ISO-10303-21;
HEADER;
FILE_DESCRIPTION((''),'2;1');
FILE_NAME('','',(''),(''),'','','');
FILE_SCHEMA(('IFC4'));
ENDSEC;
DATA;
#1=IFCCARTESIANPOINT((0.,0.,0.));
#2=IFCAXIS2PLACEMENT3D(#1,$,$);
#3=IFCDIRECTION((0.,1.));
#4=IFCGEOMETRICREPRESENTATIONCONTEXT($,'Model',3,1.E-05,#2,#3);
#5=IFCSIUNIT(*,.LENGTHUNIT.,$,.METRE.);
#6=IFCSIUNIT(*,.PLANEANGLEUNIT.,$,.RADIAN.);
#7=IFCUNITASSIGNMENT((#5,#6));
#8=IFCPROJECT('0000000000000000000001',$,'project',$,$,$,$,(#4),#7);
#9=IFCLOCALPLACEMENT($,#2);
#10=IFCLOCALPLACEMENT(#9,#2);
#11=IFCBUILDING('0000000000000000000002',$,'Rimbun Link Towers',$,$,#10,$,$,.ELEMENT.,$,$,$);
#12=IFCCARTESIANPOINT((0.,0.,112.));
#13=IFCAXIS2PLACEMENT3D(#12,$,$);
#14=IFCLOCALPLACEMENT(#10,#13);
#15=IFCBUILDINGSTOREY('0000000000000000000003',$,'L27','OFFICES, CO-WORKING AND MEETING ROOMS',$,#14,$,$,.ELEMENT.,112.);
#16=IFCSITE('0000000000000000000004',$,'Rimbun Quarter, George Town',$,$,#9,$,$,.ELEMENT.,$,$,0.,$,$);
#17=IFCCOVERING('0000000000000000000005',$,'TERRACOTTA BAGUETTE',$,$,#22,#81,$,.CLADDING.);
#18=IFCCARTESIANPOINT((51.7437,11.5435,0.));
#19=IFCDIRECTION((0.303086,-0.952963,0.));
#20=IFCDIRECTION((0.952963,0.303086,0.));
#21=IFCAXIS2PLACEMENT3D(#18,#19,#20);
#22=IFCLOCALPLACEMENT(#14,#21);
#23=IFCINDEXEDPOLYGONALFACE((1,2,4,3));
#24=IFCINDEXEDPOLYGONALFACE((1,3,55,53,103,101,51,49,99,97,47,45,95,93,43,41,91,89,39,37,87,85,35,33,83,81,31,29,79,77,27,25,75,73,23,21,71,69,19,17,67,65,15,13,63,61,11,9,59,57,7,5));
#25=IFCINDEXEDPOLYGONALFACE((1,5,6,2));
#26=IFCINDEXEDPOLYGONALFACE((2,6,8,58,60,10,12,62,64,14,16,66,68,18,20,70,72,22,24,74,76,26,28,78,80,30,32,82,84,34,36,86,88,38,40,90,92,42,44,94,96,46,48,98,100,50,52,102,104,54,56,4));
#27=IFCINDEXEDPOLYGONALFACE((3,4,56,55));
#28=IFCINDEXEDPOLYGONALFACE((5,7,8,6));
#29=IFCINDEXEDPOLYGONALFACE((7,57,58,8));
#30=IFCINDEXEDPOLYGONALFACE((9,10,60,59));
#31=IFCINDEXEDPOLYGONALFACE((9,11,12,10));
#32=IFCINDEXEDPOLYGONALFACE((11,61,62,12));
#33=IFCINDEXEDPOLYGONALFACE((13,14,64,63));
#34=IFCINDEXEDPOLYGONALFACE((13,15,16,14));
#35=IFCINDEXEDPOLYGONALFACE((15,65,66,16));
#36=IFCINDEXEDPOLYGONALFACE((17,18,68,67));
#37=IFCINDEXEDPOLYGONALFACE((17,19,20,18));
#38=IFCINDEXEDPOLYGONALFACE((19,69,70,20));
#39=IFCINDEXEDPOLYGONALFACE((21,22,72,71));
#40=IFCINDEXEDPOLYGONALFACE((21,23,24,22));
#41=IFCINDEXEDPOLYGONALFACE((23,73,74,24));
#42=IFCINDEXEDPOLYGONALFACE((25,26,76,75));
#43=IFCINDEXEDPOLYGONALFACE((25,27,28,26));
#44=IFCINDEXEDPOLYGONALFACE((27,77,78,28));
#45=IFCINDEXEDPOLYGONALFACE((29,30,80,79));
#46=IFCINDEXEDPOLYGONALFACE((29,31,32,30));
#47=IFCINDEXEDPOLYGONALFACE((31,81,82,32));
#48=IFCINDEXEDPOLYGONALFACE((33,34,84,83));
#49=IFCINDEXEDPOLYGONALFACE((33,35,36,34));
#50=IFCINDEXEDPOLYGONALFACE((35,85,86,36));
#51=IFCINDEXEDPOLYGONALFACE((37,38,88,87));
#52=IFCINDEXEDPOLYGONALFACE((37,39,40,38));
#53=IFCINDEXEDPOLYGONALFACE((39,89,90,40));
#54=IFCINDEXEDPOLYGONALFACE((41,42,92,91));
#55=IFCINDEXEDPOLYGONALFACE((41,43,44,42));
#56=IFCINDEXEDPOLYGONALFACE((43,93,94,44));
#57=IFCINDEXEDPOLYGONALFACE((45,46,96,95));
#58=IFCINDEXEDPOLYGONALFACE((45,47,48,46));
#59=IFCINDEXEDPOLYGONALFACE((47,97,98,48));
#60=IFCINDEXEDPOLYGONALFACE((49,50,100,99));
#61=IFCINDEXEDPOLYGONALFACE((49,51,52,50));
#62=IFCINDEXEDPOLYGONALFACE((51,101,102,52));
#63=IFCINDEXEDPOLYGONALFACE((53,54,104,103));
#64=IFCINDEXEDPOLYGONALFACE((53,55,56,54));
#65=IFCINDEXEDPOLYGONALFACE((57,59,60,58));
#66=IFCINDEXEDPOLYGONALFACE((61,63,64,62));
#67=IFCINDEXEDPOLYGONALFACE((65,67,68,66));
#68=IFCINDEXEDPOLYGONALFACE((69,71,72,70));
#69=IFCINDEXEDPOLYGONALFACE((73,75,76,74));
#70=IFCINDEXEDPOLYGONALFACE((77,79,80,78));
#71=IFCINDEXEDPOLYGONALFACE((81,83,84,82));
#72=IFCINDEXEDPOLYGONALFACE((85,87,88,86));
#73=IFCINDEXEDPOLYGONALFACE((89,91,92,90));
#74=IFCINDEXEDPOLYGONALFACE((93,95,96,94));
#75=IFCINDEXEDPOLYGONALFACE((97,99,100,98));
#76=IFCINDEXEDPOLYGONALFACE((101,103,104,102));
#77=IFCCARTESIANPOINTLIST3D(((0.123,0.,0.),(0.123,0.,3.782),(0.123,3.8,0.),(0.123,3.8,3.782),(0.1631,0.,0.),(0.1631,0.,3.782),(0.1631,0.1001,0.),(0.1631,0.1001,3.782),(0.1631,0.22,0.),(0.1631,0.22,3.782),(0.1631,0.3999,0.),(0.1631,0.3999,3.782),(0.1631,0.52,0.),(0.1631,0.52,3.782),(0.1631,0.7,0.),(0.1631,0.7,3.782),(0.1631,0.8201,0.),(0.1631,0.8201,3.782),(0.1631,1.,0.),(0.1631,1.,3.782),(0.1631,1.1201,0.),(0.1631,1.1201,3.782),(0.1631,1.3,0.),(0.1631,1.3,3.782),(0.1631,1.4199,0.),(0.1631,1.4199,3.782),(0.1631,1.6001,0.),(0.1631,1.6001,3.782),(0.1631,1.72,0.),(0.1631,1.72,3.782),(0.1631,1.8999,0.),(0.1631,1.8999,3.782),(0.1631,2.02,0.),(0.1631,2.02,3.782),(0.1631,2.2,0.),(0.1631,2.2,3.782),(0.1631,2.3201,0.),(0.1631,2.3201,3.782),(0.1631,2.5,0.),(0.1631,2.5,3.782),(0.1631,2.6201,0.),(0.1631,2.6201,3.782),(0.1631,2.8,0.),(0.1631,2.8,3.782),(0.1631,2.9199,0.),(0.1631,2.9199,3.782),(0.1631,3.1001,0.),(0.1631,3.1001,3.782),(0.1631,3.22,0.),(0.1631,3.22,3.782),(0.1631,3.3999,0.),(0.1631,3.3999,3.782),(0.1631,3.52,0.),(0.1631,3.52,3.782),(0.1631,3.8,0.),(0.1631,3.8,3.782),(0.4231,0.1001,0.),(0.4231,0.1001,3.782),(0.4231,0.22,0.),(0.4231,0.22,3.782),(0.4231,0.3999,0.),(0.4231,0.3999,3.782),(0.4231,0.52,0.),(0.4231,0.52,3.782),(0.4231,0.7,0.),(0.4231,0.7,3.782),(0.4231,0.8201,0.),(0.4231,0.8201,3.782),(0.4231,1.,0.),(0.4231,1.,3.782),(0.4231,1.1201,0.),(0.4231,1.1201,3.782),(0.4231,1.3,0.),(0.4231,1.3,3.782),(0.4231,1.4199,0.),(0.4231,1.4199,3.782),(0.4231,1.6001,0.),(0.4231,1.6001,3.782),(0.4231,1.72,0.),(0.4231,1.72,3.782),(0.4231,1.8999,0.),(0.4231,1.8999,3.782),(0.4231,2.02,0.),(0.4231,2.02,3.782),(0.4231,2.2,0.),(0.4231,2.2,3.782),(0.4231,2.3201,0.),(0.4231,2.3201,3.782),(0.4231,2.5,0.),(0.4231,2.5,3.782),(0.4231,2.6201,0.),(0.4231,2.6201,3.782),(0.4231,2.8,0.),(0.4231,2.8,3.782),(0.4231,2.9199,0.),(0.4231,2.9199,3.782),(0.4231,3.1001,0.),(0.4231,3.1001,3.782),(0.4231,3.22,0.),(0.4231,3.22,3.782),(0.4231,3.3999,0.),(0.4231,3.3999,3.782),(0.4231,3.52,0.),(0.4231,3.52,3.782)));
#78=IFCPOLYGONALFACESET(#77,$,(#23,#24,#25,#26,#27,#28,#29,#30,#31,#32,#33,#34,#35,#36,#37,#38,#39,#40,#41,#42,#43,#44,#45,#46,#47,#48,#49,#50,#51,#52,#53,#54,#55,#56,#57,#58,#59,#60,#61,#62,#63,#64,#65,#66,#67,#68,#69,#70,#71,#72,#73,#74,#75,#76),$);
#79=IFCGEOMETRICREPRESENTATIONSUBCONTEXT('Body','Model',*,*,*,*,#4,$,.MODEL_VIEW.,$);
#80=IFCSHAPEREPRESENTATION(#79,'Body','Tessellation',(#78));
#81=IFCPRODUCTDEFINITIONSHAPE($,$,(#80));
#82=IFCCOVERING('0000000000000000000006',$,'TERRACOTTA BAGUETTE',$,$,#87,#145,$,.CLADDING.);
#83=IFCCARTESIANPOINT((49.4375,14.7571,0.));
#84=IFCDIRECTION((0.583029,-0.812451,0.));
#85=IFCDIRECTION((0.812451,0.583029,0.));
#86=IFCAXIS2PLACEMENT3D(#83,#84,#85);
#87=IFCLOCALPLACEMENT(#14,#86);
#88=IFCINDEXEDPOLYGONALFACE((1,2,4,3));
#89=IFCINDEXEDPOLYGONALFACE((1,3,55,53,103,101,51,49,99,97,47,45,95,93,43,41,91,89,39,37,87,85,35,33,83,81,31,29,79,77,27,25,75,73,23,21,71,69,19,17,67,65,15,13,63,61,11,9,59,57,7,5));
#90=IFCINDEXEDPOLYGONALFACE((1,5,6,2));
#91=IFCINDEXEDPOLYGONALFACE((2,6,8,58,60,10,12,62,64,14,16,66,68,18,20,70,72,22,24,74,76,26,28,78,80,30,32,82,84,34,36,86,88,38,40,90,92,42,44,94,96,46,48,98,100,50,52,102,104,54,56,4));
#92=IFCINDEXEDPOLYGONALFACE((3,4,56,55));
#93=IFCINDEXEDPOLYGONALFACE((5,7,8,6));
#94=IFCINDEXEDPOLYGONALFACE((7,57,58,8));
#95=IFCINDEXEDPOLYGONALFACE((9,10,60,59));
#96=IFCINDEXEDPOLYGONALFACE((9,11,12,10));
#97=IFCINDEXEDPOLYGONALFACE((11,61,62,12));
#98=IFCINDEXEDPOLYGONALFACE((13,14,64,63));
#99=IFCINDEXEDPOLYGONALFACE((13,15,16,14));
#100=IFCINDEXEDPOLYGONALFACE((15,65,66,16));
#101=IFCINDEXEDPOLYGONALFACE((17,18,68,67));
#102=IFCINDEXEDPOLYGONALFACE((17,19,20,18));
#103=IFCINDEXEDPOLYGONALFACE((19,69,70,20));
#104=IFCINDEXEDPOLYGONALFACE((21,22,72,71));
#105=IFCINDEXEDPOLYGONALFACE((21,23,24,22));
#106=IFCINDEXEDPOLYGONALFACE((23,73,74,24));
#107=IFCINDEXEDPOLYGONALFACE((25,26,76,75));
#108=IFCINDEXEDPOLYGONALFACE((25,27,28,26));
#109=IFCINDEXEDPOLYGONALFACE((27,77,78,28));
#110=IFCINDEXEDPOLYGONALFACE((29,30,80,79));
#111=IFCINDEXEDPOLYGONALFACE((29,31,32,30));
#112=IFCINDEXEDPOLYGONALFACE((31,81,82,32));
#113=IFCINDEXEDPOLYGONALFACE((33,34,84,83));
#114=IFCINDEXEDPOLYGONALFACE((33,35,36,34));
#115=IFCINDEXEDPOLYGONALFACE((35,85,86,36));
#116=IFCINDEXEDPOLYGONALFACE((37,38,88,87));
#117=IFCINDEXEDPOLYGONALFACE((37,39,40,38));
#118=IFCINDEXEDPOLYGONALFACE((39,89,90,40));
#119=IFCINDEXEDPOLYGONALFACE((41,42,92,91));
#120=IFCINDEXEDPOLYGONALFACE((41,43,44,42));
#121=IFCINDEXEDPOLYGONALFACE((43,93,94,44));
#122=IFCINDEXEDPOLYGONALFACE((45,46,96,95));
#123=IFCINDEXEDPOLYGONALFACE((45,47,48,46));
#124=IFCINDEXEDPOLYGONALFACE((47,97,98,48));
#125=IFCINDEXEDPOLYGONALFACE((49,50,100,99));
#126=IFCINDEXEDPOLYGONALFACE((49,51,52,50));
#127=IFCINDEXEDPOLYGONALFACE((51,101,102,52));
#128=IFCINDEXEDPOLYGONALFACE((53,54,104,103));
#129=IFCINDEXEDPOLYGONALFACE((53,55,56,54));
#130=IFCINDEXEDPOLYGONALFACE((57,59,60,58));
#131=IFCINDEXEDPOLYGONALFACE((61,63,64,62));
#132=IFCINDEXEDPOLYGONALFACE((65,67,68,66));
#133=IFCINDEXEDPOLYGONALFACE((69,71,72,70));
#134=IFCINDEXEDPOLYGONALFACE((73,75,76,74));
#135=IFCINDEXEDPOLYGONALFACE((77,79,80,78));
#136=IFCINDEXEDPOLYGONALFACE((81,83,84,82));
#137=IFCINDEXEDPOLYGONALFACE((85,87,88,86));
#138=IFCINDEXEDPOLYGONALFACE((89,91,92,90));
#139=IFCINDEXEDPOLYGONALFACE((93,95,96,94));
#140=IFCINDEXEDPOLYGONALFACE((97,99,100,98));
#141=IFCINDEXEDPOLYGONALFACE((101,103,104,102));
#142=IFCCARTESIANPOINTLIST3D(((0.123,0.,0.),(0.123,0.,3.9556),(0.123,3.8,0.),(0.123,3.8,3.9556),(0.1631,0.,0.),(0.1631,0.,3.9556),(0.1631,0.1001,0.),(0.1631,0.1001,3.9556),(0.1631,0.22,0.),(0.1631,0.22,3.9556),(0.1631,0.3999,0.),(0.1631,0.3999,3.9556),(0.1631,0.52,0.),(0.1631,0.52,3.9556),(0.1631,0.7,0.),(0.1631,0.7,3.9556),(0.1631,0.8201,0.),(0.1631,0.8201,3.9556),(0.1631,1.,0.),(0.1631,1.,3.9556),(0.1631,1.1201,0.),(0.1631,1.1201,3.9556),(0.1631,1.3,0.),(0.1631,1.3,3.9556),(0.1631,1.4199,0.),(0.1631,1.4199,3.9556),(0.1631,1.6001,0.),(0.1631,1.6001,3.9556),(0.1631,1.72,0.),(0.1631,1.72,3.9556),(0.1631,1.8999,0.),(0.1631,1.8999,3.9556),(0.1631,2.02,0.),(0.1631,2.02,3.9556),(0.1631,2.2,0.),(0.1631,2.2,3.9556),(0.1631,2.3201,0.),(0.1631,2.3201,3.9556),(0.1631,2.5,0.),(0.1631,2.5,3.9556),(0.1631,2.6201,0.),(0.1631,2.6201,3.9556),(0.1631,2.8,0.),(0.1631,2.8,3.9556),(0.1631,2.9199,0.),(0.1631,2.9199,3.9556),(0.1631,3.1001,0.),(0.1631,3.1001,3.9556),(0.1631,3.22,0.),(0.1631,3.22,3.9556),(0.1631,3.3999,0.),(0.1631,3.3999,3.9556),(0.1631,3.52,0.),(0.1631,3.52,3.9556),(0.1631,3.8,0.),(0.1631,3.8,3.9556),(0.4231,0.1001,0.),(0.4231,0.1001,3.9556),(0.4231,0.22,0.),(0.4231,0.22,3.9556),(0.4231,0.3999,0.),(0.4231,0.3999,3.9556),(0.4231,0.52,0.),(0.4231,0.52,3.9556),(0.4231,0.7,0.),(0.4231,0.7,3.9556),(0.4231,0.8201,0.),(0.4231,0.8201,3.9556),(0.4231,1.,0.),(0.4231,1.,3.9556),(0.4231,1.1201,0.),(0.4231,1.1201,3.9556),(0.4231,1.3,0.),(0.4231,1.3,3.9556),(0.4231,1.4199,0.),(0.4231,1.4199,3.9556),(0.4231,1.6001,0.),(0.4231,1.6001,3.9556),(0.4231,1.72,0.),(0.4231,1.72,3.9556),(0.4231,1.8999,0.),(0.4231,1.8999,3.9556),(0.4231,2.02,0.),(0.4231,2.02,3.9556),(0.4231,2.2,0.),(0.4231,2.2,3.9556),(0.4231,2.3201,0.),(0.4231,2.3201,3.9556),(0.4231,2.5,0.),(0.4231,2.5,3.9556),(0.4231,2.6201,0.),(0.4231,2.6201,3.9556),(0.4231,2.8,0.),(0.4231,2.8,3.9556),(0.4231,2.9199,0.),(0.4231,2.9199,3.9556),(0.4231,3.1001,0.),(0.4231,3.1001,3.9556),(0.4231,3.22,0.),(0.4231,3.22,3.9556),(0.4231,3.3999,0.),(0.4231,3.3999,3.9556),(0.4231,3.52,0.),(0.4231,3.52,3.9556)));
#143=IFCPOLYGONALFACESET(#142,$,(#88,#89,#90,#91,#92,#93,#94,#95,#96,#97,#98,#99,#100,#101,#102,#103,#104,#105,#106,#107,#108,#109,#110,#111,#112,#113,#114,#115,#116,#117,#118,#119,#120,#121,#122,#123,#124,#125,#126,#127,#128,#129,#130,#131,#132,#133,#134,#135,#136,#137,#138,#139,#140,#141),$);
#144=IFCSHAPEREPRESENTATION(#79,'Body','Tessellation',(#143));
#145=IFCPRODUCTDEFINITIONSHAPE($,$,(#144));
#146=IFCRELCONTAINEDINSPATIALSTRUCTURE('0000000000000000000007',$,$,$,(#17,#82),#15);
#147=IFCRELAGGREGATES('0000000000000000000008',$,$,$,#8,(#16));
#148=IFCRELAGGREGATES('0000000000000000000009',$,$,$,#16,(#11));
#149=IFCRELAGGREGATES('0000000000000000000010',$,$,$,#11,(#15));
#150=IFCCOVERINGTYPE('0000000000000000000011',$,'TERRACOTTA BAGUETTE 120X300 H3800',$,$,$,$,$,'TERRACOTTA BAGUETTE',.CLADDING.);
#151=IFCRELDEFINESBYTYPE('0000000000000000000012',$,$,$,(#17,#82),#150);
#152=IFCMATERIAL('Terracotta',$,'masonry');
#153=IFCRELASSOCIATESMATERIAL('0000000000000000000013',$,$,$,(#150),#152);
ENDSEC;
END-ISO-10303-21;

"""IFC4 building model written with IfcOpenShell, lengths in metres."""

from ifc_helpers import new_model, si_unit, direction, frame, origin, place, context, subcontext, project, spatial, polyline, outline, extrude, material, material_profile, profile_set, type_object, element, save


model = new_model("IFC4")

# Units and contexts
model_context = context("Model", 3, precision=1e-05, world=origin(), true_north=direction((0.0, 1.0)))
body_context = subcontext(model_context, "Body", "Model", "MODEL_VIEW")
ifc_project = project(units=[si_unit("LENGTHUNIT", "METRE"), si_unit("PLANEANGLEUNIT", "RADIAN")], contexts=[model_context])

# Site, building, storey
site_placement = place(None, origin())
site = spatial("IfcSite", under=ifc_project, at=site_placement, Name="Rimbun Quarter, George Town", CompositionType="ELEMENT", RefElevation=0.0)
building_placement = place(site_placement, origin())
building = spatial("IfcBuilding", under=site, at=building_placement, Name="Rimbun Link Towers", CompositionType="ELEMENT")
storey_placement = place(building_placement, frame((0.0, 0.0, 112.0)))
storey = spatial("IfcBuildingStorey", under=building, at=storey_placement, Name="L27", Description="OFFICES, CO-WORKING AND MEETING ROOMS", CompositionType="ELEMENT", Elevation=112.0)

# Coverings
ifc_material_1 = material(Name="Terracotta", Category="masonry")
ifc_material_profile_1 = material_profile(ifc_material_1, outline(polyline([(0.123, 0.0), (0.1631, 0.0), (0.1631, 0.1001), (0.4231, 0.1001), (0.4231, 0.22), (0.1631, 0.22), (0.1631, 0.3999), (0.4231, 0.3999), (0.4231, 0.52), (0.1631, 0.52), (0.1631, 0.7), (0.4231, 0.7), (0.4231, 0.8201), (0.1631, 0.8201), (0.1631, 1.0), (0.4231, 1.0), (0.4231, 1.1201), (0.1631, 1.1201), (0.1631, 1.3), (0.4231, 1.3), (0.4231, 1.4199), (0.1631, 1.4199), (0.1631, 1.6001), (0.4231, 1.6001), (0.4231, 1.72), (0.1631, 1.72), (0.1631, 1.8999), (0.4231, 1.8999), (0.4231, 2.02), (0.1631, 2.02), (0.1631, 2.2), (0.4231, 2.2), (0.4231, 2.3201), (0.1631, 2.3201), (0.1631, 2.5), (0.4231, 2.5), (0.4231, 2.6201), (0.1631, 2.6201), (0.1631, 2.8), (0.4231, 2.8), (0.4231, 2.9199), (0.1631, 2.9199), (0.1631, 3.1001), (0.4231, 3.1001), (0.4231, 3.22), (0.1631, 3.22), (0.1631, 3.3999), (0.4231, 3.3999), (0.4231, 3.52), (0.1631, 3.52), (0.1631, 3.8), (0.123, 3.8), (0.123, 0.0)])), Name="BAGUETTE 120X300")
ifc_profile_set_1 = profile_set([ifc_material_profile_1], Name="Terracotta")
covering_type = type_object("IfcCoveringType", Name="TERRACOTTA BAGUETTE 120X300 H3800", ElementType="TERRACOTTA BAGUETTE", PredefinedType="CLADDING", material=ifc_profile_set_1)
covering_1_placement = place(storey_placement, frame((51.7437, 11.5435, 0.0), z_axis=(0.303086, -0.952963, 0.0), x_axis=(0.952963, 0.303086, 0.0)))
element("IfcCovering", 1, at=covering_1_placement, inside=storey, type_object=covering_type, Name="TERRACOTTA BAGUETTE", PredefinedType="CLADDING", context=body_context, shape_type="SweptSolid", body=[
    extrude(outline(polyline([(0.123, 0.0), (0.1631, 0.0), (0.1631, 0.1001), (0.4231, 0.1001), (0.4231, 0.22), (0.1631, 0.22), (0.1631, 0.3999), (0.4231, 0.3999), (0.4231, 0.52), (0.1631, 0.52), (0.1631, 0.7), (0.4231, 0.7), (0.4231, 0.8201), (0.1631, 0.8201), (0.1631, 1.0), (0.4231, 1.0), (0.4231, 1.1201), (0.1631, 1.1201), (0.1631, 1.3), (0.4231, 1.3), (0.4231, 1.4199), (0.1631, 1.4199), (0.1631, 1.6001), (0.4231, 1.6001), (0.4231, 1.72), (0.1631, 1.72), (0.1631, 1.8999), (0.4231, 1.8999), (0.4231, 2.02), (0.1631, 2.02), (0.1631, 2.2), (0.4231, 2.2), (0.4231, 2.3201), (0.1631, 2.3201), (0.1631, 2.5), (0.4231, 2.5), (0.4231, 2.6201), (0.1631, 2.6201), (0.1631, 2.8), (0.4231, 2.8), (0.4231, 2.9199), (0.1631, 2.9199), (0.1631, 3.1001), (0.4231, 3.1001), (0.4231, 3.22), (0.1631, 3.22), (0.1631, 3.3999), (0.4231, 3.3999), (0.4231, 3.52), (0.1631, 3.52), (0.1631, 3.8), (0.123, 3.8), (0.123, 0.0)])), origin(), (0.0, 0.0, 1.0), 3.782),
])
covering_2_placement = place(storey_placement, frame((49.4375, 14.7571, 0.0), z_axis=(0.583029, -0.812451, 0.0), x_axis=(0.812451, 0.583029, 0.0)))
element("IfcCovering", 2, at=covering_2_placement, inside=storey, type_object=covering_type, Name="TERRACOTTA BAGUETTE", PredefinedType="CLADDING", context=body_context, shape_type="SweptSolid", body=[
    extrude(outline(polyline([(0.123, 0.0), (0.1631, 0.0), (0.1631, 0.1001), (0.4231, 0.1001), (0.4231, 0.22), (0.1631, 0.22), (0.1631, 0.3999), (0.4231, 0.3999), (0.4231, 0.52), (0.1631, 0.52), (0.1631, 0.7), (0.4231, 0.7), (0.4231, 0.8201), (0.1631, 0.8201), (0.1631, 1.0), (0.4231, 1.0), (0.4231, 1.1201), (0.1631, 1.1201), (0.1631, 1.3), (0.4231, 1.3), (0.4231, 1.4199), (0.1631, 1.4199), (0.1631, 1.6001), (0.4231, 1.6001), (0.4231, 1.72), (0.1631, 1.72), (0.1631, 1.8999), (0.4231, 1.8999), (0.4231, 2.02), (0.1631, 2.02), (0.1631, 2.2), (0.4231, 2.2), (0.4231, 2.3201), (0.1631, 2.3201), (0.1631, 2.5), (0.4231, 2.5), (0.4231, 2.6201), (0.1631, 2.6201), (0.1631, 2.8), (0.4231, 2.8), (0.4231, 2.9199), (0.1631, 2.9199), (0.1631, 3.1001), (0.4231, 3.1001), (0.4231, 3.22), (0.1631, 3.22), (0.1631, 3.3999), (0.4231, 3.3999), (0.4231, 3.52), (0.1631, 3.52), (0.1631, 3.8), (0.123, 3.8), (0.123, 0.0)])), origin(), (0.0, 0.0, 1.0), 3.9556),
])

save(model, "model.ifc")
